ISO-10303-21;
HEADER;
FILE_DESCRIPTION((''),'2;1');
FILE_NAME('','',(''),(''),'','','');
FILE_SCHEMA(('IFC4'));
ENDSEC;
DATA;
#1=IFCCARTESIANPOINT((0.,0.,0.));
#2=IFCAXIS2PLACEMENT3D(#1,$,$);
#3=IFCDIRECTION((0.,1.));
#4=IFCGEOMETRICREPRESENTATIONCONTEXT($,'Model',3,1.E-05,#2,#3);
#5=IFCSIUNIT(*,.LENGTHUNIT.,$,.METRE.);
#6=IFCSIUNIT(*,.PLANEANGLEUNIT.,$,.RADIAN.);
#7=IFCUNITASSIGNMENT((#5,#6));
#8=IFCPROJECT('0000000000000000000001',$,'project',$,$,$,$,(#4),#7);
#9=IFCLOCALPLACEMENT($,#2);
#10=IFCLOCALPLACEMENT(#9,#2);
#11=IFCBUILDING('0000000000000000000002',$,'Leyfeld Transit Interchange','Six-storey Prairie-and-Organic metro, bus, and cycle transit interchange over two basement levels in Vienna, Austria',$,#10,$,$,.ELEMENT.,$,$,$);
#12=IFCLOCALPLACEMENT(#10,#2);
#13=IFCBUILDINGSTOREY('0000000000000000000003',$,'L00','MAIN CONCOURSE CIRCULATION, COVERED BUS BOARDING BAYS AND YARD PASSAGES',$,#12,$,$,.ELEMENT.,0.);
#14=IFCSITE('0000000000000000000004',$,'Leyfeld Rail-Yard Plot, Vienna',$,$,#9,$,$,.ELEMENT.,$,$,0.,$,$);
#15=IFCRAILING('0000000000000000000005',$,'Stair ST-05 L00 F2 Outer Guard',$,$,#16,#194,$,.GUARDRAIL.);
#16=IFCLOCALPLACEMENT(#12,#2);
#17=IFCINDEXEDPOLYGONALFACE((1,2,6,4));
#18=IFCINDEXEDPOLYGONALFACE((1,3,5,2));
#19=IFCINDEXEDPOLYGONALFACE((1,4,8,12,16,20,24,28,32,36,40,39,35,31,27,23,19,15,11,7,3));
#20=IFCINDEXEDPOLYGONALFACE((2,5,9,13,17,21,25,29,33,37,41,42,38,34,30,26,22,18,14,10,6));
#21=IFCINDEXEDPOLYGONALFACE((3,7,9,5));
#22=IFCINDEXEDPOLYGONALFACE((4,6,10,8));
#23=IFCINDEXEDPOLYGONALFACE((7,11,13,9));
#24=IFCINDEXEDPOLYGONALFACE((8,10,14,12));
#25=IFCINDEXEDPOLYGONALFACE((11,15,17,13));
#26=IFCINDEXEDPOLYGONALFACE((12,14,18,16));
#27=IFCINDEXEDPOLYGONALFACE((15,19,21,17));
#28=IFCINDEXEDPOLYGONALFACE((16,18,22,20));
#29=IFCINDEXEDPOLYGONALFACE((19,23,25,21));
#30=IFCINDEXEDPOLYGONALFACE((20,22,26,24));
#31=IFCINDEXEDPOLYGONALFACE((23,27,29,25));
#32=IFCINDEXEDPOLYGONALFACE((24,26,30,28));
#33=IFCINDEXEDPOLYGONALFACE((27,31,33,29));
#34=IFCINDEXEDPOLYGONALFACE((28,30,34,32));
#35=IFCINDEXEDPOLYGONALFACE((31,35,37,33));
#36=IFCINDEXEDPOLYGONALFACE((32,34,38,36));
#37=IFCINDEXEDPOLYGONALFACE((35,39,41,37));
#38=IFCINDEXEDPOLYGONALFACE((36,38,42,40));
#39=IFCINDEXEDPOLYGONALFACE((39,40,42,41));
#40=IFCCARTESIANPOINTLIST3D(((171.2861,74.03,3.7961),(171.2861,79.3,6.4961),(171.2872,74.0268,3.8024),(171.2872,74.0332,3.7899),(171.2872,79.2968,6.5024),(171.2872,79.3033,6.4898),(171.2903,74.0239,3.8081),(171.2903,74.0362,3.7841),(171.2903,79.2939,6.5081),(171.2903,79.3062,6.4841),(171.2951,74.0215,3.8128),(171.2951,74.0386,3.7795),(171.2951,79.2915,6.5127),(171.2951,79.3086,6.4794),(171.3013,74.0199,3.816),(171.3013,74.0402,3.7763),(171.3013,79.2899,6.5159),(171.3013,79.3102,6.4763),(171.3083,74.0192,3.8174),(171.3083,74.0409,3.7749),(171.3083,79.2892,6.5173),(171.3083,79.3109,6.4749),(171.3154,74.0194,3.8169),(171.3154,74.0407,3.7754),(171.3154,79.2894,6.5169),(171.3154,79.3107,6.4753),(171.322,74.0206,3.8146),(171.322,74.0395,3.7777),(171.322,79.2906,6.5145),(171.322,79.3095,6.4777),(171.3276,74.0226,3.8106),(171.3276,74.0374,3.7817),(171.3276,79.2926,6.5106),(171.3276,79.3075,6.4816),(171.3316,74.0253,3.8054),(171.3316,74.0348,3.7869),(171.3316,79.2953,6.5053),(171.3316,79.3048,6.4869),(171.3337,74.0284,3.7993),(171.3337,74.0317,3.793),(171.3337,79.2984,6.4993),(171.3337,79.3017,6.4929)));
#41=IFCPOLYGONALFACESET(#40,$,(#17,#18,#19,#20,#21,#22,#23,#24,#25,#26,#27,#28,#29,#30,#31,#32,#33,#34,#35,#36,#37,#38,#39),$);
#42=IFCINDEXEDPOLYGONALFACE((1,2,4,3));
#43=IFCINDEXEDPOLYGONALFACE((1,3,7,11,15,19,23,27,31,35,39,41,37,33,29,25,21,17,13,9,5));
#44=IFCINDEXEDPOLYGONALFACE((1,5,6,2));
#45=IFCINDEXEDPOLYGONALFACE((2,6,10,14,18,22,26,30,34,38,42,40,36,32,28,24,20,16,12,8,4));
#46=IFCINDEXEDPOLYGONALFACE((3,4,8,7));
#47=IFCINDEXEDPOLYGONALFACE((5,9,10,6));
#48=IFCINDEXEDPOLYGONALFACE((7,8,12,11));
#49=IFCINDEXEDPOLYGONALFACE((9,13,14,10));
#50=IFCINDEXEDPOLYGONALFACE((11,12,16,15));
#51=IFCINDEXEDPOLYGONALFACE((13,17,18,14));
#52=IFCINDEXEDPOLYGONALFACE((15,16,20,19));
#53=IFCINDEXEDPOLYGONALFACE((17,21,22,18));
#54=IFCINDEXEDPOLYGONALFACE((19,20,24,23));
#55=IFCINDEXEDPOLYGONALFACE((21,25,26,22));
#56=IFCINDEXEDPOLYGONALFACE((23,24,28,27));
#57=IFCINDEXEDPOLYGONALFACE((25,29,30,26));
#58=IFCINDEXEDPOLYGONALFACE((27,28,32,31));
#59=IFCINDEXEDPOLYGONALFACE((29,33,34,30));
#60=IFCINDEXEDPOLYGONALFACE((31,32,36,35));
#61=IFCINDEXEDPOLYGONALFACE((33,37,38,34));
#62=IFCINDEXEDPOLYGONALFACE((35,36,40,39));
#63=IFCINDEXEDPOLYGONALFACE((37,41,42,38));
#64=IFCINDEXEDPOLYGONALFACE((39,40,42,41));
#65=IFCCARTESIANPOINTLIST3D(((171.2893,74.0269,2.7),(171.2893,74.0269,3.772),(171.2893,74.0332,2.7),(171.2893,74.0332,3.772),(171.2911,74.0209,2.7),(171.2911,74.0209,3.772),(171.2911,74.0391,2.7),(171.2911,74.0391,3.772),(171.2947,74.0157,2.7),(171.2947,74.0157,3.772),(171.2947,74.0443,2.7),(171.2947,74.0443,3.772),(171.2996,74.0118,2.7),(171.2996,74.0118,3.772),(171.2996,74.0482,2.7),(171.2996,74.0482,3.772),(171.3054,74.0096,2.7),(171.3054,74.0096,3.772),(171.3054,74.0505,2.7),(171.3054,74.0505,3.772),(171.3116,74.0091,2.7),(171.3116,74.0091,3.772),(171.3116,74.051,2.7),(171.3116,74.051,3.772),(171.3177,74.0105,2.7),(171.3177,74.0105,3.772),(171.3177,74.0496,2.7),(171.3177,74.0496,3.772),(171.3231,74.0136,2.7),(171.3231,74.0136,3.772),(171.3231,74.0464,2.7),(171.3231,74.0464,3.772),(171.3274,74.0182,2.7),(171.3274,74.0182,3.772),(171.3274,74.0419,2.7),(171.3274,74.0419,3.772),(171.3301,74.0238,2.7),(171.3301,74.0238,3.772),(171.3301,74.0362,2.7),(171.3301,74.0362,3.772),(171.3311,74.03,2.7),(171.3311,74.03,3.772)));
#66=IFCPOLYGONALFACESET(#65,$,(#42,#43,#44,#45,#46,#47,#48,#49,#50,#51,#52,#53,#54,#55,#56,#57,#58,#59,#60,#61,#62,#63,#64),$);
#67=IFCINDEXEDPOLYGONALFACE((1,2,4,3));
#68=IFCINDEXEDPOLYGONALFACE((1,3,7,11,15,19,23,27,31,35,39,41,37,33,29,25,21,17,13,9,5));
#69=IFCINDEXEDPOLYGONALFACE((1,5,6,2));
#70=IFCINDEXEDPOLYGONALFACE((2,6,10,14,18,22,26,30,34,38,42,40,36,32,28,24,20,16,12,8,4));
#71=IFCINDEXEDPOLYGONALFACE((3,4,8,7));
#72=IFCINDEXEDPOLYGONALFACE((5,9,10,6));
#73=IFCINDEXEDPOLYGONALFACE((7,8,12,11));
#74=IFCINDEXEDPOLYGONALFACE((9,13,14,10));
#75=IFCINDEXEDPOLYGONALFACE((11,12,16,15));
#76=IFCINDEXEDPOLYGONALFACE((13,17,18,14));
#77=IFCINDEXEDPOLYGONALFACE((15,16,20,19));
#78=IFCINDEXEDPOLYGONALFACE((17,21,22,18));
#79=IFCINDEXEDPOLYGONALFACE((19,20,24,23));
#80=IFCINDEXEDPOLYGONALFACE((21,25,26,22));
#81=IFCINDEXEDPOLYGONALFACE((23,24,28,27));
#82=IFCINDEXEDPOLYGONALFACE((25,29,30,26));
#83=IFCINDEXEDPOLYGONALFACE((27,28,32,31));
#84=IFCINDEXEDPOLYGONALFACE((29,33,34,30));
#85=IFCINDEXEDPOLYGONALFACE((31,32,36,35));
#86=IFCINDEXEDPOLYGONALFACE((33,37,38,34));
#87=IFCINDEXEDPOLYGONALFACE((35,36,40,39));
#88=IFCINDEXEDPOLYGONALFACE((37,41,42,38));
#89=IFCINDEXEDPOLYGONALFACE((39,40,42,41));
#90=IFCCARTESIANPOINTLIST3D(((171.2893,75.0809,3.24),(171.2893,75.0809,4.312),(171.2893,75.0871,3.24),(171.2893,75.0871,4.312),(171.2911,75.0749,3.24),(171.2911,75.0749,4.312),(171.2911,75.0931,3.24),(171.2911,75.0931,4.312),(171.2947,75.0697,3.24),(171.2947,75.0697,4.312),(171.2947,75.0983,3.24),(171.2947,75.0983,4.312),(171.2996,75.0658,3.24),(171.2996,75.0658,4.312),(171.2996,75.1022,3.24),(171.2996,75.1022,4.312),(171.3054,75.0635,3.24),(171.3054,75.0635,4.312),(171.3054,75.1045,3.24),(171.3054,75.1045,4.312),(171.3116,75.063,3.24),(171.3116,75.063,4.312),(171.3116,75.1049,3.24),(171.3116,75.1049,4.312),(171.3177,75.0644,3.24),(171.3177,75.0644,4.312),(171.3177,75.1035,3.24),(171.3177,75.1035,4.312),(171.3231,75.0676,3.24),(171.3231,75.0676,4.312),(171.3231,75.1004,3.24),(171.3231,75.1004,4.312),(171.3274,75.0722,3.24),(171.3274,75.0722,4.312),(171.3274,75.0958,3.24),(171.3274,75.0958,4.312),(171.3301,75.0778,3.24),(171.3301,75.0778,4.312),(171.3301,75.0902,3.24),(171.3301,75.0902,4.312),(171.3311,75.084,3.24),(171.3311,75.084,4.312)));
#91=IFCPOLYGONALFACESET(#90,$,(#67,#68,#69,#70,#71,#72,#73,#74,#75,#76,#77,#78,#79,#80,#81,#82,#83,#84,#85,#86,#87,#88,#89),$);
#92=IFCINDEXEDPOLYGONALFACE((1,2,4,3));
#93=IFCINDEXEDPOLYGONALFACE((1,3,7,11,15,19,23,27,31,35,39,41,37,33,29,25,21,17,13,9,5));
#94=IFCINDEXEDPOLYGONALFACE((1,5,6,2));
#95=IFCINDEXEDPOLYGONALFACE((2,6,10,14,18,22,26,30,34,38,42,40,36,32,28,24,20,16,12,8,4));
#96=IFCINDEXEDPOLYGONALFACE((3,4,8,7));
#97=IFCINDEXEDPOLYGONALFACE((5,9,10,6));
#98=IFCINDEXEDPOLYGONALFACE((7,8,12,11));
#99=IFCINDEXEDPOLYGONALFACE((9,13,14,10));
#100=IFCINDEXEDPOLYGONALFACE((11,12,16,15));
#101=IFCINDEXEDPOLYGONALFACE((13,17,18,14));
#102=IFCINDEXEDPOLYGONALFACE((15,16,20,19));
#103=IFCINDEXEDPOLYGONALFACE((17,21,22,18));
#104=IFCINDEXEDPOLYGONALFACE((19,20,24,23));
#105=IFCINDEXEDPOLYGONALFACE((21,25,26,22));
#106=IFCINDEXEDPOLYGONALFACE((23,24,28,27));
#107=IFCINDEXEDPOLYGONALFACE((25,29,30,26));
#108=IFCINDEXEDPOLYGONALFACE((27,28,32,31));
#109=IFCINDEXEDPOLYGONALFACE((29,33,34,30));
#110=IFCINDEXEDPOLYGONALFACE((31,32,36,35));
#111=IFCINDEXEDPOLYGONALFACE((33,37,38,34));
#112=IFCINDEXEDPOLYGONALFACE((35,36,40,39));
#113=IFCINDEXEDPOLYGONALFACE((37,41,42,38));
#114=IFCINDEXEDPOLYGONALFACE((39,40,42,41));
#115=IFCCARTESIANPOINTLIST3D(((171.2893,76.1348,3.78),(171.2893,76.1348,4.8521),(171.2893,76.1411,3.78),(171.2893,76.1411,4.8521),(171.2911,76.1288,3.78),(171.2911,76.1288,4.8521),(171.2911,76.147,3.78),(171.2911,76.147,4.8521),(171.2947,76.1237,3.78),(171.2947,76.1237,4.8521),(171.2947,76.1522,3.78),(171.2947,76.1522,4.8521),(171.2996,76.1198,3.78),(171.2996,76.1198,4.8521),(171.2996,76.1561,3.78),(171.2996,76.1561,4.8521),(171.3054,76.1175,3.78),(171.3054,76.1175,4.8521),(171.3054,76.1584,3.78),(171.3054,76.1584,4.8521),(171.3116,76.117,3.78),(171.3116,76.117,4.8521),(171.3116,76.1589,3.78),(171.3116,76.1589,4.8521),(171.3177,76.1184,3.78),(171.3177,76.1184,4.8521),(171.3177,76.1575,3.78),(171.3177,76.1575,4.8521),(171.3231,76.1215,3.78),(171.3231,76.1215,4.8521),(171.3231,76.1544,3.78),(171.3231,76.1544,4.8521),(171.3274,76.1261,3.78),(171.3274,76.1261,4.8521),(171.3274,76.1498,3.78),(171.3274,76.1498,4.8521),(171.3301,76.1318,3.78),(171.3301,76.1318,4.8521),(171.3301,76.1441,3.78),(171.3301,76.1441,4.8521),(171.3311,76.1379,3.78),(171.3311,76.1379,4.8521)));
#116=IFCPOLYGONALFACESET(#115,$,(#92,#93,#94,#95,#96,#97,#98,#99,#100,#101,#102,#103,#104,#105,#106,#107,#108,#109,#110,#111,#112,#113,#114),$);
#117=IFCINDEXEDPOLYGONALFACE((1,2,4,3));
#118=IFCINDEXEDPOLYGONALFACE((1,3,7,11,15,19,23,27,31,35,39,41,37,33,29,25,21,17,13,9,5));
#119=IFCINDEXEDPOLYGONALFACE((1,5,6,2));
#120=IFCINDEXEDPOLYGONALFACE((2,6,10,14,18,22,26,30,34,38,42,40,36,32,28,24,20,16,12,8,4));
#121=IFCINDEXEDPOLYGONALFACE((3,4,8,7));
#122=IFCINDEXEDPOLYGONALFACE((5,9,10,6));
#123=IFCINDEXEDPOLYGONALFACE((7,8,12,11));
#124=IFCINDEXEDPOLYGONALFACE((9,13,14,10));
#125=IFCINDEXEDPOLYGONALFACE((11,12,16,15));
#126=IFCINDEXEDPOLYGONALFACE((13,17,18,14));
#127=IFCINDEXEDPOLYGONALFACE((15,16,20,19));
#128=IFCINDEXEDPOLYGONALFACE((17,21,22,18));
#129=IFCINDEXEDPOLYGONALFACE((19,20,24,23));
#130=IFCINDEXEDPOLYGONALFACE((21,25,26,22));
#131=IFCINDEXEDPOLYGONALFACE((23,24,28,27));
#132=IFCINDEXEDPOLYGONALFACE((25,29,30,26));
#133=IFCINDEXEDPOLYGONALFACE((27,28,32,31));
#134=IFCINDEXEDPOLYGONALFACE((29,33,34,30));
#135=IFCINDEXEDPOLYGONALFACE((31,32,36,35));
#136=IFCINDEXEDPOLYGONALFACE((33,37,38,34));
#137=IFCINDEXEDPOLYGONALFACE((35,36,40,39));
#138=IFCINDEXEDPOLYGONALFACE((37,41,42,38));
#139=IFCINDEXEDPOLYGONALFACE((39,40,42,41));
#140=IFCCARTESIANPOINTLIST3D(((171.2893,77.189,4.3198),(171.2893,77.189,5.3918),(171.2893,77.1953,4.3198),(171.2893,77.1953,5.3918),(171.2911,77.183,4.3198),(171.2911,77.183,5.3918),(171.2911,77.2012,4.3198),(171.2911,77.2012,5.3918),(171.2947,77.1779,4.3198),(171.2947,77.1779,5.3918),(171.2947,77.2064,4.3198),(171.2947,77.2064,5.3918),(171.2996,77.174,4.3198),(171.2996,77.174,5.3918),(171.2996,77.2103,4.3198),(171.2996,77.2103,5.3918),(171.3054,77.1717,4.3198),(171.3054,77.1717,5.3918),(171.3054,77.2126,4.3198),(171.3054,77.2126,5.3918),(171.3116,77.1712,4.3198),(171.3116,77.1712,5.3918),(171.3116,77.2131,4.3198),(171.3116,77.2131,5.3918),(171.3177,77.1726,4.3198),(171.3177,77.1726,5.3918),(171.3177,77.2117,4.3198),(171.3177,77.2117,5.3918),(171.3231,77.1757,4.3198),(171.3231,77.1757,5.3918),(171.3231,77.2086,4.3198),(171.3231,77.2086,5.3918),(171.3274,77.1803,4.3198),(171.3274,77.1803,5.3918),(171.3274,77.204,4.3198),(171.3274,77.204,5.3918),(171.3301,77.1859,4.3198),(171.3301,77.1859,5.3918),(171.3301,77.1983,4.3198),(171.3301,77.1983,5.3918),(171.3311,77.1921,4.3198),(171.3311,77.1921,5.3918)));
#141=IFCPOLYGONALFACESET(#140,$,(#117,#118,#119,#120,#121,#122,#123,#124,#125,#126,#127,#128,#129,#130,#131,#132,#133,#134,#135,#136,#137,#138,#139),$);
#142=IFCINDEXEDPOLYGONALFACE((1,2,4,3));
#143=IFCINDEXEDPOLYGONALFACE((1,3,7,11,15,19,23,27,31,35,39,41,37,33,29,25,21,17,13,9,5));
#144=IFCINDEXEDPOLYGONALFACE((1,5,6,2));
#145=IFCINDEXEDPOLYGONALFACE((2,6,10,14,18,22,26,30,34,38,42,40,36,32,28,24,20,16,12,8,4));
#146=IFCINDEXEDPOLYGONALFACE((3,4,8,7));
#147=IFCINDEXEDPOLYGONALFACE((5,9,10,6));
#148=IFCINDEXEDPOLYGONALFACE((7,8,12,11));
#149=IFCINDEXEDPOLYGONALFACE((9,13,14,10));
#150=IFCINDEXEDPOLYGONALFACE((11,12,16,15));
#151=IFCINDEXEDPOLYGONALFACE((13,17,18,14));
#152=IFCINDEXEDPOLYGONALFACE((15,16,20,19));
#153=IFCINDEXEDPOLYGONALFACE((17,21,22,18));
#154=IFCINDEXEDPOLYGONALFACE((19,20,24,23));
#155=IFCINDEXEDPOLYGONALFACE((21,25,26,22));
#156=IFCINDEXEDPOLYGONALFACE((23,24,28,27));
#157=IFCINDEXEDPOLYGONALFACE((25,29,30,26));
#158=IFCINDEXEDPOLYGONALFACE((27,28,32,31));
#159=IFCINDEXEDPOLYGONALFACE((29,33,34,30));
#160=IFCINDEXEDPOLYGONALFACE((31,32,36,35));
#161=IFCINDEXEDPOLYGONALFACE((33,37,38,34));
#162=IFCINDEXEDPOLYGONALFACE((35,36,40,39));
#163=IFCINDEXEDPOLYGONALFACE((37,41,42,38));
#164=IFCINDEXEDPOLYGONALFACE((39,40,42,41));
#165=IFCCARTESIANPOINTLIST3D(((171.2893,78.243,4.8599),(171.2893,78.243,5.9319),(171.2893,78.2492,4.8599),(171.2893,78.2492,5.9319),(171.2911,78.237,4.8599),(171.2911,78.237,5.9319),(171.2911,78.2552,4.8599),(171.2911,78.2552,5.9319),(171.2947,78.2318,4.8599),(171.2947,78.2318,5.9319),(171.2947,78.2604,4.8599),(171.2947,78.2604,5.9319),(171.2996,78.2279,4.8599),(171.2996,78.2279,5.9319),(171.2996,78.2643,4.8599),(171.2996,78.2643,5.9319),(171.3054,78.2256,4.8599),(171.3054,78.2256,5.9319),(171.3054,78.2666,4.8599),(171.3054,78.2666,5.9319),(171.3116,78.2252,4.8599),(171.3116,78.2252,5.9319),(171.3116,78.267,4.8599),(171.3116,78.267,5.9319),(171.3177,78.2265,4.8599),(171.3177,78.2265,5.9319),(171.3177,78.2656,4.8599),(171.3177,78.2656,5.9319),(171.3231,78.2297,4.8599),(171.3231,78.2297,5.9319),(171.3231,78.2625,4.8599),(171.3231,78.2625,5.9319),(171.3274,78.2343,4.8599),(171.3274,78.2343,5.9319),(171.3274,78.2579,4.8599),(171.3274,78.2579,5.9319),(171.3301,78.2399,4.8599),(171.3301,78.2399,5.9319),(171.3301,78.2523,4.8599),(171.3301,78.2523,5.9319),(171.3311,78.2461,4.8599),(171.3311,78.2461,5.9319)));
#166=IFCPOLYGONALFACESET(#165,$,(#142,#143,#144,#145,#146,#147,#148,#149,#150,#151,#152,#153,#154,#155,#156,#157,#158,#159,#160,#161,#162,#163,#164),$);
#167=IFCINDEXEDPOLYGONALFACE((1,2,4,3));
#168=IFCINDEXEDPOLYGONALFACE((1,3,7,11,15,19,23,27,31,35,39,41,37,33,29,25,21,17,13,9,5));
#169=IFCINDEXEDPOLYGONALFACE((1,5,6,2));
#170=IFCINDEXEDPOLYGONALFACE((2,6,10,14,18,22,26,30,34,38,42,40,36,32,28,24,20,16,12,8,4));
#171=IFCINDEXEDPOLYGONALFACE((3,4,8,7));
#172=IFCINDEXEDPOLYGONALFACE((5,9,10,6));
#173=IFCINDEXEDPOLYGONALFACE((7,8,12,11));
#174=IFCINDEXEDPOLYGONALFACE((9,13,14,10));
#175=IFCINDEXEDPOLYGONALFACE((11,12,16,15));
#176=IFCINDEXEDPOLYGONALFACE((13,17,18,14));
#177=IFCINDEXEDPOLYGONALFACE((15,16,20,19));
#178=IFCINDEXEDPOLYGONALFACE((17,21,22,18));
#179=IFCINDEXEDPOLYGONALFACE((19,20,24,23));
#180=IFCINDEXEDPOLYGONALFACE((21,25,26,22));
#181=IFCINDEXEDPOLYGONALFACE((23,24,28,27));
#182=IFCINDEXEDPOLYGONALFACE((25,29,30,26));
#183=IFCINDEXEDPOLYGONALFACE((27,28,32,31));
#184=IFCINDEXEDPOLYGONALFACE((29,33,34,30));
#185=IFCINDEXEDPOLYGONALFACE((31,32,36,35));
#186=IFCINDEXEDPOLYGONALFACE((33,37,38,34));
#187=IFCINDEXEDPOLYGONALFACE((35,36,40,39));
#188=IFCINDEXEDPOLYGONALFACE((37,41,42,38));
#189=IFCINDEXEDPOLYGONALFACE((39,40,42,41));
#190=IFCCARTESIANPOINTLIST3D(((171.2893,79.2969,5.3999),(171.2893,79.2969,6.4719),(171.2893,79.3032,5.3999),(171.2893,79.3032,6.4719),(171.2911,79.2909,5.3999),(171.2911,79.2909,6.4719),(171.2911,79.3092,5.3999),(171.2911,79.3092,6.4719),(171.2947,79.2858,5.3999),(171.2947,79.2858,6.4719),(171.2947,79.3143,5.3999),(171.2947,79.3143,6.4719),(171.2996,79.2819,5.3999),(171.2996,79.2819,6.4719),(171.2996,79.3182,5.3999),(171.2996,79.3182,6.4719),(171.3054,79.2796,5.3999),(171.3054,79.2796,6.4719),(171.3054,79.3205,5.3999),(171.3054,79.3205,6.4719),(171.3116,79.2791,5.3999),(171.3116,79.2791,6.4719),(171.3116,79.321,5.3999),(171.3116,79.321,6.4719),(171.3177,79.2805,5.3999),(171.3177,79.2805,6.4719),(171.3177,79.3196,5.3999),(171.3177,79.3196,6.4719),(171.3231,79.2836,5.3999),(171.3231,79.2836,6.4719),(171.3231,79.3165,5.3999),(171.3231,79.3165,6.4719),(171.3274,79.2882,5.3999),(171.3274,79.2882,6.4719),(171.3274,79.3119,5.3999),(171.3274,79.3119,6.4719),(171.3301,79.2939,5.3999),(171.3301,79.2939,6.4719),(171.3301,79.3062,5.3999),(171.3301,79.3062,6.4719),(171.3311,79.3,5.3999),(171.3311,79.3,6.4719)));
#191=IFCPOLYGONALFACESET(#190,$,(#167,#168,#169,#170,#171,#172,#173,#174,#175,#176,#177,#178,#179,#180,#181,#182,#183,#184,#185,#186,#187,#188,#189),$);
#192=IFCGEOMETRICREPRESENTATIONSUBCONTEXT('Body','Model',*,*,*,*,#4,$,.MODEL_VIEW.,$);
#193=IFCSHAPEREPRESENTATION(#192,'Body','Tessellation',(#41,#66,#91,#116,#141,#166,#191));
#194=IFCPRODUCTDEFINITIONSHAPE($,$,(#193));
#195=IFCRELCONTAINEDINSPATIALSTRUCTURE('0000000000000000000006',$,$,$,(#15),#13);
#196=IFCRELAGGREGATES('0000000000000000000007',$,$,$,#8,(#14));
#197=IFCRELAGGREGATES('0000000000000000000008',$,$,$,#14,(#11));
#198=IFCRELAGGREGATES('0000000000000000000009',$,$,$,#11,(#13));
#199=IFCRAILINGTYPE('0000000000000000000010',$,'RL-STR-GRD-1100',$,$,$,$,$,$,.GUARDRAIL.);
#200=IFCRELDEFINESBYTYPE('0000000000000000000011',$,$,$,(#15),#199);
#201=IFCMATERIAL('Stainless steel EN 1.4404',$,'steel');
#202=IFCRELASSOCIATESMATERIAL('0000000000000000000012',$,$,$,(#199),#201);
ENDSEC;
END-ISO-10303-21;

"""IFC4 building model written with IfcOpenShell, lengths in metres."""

from ifc_helpers import new_model, si_unit, direction, frame, origin, origin_2d, place, context, subcontext, project, spatial, circle, extrude, material, type_object, element, save


model = new_model("IFC4")

# Units and contexts
model_context = context("Model", 3, precision=1e-05, world=origin(), true_north=direction((0.0, 1.0)))
body_context = subcontext(model_context, "Body", "Model", "MODEL_VIEW")
ifc_project = project(units=[si_unit("LENGTHUNIT", "METRE"), si_unit("PLANEANGLEUNIT", "RADIAN")], contexts=[model_context])

# Site, building, storey
site_placement = place(None, origin())
site = spatial("IfcSite", under=ifc_project, at=site_placement, Name="Leyfeld Rail-Yard Plot, Vienna", CompositionType="ELEMENT", RefElevation=0.0)
building_placement = place(site_placement, origin())
building = spatial("IfcBuilding", under=site, at=building_placement, Name="Leyfeld Transit Interchange", Description="Six-storey Prairie-and-Organic metro, bus, and cycle transit interchange over two basement levels in Vienna, Austria", CompositionType="ELEMENT")
storey_placement = place(building_placement, origin())
storey = spatial("IfcBuildingStorey", under=building, at=storey_placement, Name="L00", Description="MAIN CONCOURSE CIRCULATION, COVERED BUS BOARDING BAYS AND YARD PASSAGES", CompositionType="ELEMENT", Elevation=0.0)

# Railing
ifc_material_1 = material(Name="Stainless steel EN 1.4404", Category="steel")
railing_type_1 = type_object("IfcRailingType", Name="RL-STR-GRD-1100", PredefinedType="GUARDRAIL", material=ifc_material_1)
railing_1_placement = place(storey_placement, frame((171.3101, 74.03, 2.7)))
element("IfcRailing", 1, at=railing_1_placement, inside=storey, type_object=railing_type_1, Name="Stair ST-05 L00 F2 Outer Guard", PredefinedType="GUARDRAIL", context=body_context, shape_type="SweptSolid", body=[
    extrude(circle(Radius=0.0239, at=origin_2d()), frame((0.0, 0.0, 1.0962), z_axis=(0.0, 0.889997, 0.455966), x_axis=(-1.0, 0.0, 0.0)), (0.0, 0.0, 1.0), 5.9214),
    extrude(circle(Radius=0.021, at=origin_2d()), origin(), (0.0, 0.0, 1.0), 1.072),
    extrude(circle(Radius=0.021, at=origin_2d()), frame((0.0, 1.054, 0.54)), (0.0, 0.0, 1.0), 1.072),
    extrude(circle(Radius=0.021, at=origin_2d()), frame((0.0, 2.1079, 1.0801)), (0.0, 0.0, 1.0), 1.072),
    extrude(circle(Radius=0.021, at=origin_2d()), frame((0.0, 3.1621, 1.6199)), (0.0, 0.0, 1.0), 1.072),
    extrude(circle(Radius=0.021, at=origin_2d()), frame((0.0, 4.2161, 2.1599)), (0.0, 0.0, 1.0), 1.072),
    extrude(circle(Radius=0.021, at=origin_2d()), frame((0.0, 5.27, 2.7)), (0.0, 0.0, 1.0), 1.072),
])

save(model, "model.ifc")
